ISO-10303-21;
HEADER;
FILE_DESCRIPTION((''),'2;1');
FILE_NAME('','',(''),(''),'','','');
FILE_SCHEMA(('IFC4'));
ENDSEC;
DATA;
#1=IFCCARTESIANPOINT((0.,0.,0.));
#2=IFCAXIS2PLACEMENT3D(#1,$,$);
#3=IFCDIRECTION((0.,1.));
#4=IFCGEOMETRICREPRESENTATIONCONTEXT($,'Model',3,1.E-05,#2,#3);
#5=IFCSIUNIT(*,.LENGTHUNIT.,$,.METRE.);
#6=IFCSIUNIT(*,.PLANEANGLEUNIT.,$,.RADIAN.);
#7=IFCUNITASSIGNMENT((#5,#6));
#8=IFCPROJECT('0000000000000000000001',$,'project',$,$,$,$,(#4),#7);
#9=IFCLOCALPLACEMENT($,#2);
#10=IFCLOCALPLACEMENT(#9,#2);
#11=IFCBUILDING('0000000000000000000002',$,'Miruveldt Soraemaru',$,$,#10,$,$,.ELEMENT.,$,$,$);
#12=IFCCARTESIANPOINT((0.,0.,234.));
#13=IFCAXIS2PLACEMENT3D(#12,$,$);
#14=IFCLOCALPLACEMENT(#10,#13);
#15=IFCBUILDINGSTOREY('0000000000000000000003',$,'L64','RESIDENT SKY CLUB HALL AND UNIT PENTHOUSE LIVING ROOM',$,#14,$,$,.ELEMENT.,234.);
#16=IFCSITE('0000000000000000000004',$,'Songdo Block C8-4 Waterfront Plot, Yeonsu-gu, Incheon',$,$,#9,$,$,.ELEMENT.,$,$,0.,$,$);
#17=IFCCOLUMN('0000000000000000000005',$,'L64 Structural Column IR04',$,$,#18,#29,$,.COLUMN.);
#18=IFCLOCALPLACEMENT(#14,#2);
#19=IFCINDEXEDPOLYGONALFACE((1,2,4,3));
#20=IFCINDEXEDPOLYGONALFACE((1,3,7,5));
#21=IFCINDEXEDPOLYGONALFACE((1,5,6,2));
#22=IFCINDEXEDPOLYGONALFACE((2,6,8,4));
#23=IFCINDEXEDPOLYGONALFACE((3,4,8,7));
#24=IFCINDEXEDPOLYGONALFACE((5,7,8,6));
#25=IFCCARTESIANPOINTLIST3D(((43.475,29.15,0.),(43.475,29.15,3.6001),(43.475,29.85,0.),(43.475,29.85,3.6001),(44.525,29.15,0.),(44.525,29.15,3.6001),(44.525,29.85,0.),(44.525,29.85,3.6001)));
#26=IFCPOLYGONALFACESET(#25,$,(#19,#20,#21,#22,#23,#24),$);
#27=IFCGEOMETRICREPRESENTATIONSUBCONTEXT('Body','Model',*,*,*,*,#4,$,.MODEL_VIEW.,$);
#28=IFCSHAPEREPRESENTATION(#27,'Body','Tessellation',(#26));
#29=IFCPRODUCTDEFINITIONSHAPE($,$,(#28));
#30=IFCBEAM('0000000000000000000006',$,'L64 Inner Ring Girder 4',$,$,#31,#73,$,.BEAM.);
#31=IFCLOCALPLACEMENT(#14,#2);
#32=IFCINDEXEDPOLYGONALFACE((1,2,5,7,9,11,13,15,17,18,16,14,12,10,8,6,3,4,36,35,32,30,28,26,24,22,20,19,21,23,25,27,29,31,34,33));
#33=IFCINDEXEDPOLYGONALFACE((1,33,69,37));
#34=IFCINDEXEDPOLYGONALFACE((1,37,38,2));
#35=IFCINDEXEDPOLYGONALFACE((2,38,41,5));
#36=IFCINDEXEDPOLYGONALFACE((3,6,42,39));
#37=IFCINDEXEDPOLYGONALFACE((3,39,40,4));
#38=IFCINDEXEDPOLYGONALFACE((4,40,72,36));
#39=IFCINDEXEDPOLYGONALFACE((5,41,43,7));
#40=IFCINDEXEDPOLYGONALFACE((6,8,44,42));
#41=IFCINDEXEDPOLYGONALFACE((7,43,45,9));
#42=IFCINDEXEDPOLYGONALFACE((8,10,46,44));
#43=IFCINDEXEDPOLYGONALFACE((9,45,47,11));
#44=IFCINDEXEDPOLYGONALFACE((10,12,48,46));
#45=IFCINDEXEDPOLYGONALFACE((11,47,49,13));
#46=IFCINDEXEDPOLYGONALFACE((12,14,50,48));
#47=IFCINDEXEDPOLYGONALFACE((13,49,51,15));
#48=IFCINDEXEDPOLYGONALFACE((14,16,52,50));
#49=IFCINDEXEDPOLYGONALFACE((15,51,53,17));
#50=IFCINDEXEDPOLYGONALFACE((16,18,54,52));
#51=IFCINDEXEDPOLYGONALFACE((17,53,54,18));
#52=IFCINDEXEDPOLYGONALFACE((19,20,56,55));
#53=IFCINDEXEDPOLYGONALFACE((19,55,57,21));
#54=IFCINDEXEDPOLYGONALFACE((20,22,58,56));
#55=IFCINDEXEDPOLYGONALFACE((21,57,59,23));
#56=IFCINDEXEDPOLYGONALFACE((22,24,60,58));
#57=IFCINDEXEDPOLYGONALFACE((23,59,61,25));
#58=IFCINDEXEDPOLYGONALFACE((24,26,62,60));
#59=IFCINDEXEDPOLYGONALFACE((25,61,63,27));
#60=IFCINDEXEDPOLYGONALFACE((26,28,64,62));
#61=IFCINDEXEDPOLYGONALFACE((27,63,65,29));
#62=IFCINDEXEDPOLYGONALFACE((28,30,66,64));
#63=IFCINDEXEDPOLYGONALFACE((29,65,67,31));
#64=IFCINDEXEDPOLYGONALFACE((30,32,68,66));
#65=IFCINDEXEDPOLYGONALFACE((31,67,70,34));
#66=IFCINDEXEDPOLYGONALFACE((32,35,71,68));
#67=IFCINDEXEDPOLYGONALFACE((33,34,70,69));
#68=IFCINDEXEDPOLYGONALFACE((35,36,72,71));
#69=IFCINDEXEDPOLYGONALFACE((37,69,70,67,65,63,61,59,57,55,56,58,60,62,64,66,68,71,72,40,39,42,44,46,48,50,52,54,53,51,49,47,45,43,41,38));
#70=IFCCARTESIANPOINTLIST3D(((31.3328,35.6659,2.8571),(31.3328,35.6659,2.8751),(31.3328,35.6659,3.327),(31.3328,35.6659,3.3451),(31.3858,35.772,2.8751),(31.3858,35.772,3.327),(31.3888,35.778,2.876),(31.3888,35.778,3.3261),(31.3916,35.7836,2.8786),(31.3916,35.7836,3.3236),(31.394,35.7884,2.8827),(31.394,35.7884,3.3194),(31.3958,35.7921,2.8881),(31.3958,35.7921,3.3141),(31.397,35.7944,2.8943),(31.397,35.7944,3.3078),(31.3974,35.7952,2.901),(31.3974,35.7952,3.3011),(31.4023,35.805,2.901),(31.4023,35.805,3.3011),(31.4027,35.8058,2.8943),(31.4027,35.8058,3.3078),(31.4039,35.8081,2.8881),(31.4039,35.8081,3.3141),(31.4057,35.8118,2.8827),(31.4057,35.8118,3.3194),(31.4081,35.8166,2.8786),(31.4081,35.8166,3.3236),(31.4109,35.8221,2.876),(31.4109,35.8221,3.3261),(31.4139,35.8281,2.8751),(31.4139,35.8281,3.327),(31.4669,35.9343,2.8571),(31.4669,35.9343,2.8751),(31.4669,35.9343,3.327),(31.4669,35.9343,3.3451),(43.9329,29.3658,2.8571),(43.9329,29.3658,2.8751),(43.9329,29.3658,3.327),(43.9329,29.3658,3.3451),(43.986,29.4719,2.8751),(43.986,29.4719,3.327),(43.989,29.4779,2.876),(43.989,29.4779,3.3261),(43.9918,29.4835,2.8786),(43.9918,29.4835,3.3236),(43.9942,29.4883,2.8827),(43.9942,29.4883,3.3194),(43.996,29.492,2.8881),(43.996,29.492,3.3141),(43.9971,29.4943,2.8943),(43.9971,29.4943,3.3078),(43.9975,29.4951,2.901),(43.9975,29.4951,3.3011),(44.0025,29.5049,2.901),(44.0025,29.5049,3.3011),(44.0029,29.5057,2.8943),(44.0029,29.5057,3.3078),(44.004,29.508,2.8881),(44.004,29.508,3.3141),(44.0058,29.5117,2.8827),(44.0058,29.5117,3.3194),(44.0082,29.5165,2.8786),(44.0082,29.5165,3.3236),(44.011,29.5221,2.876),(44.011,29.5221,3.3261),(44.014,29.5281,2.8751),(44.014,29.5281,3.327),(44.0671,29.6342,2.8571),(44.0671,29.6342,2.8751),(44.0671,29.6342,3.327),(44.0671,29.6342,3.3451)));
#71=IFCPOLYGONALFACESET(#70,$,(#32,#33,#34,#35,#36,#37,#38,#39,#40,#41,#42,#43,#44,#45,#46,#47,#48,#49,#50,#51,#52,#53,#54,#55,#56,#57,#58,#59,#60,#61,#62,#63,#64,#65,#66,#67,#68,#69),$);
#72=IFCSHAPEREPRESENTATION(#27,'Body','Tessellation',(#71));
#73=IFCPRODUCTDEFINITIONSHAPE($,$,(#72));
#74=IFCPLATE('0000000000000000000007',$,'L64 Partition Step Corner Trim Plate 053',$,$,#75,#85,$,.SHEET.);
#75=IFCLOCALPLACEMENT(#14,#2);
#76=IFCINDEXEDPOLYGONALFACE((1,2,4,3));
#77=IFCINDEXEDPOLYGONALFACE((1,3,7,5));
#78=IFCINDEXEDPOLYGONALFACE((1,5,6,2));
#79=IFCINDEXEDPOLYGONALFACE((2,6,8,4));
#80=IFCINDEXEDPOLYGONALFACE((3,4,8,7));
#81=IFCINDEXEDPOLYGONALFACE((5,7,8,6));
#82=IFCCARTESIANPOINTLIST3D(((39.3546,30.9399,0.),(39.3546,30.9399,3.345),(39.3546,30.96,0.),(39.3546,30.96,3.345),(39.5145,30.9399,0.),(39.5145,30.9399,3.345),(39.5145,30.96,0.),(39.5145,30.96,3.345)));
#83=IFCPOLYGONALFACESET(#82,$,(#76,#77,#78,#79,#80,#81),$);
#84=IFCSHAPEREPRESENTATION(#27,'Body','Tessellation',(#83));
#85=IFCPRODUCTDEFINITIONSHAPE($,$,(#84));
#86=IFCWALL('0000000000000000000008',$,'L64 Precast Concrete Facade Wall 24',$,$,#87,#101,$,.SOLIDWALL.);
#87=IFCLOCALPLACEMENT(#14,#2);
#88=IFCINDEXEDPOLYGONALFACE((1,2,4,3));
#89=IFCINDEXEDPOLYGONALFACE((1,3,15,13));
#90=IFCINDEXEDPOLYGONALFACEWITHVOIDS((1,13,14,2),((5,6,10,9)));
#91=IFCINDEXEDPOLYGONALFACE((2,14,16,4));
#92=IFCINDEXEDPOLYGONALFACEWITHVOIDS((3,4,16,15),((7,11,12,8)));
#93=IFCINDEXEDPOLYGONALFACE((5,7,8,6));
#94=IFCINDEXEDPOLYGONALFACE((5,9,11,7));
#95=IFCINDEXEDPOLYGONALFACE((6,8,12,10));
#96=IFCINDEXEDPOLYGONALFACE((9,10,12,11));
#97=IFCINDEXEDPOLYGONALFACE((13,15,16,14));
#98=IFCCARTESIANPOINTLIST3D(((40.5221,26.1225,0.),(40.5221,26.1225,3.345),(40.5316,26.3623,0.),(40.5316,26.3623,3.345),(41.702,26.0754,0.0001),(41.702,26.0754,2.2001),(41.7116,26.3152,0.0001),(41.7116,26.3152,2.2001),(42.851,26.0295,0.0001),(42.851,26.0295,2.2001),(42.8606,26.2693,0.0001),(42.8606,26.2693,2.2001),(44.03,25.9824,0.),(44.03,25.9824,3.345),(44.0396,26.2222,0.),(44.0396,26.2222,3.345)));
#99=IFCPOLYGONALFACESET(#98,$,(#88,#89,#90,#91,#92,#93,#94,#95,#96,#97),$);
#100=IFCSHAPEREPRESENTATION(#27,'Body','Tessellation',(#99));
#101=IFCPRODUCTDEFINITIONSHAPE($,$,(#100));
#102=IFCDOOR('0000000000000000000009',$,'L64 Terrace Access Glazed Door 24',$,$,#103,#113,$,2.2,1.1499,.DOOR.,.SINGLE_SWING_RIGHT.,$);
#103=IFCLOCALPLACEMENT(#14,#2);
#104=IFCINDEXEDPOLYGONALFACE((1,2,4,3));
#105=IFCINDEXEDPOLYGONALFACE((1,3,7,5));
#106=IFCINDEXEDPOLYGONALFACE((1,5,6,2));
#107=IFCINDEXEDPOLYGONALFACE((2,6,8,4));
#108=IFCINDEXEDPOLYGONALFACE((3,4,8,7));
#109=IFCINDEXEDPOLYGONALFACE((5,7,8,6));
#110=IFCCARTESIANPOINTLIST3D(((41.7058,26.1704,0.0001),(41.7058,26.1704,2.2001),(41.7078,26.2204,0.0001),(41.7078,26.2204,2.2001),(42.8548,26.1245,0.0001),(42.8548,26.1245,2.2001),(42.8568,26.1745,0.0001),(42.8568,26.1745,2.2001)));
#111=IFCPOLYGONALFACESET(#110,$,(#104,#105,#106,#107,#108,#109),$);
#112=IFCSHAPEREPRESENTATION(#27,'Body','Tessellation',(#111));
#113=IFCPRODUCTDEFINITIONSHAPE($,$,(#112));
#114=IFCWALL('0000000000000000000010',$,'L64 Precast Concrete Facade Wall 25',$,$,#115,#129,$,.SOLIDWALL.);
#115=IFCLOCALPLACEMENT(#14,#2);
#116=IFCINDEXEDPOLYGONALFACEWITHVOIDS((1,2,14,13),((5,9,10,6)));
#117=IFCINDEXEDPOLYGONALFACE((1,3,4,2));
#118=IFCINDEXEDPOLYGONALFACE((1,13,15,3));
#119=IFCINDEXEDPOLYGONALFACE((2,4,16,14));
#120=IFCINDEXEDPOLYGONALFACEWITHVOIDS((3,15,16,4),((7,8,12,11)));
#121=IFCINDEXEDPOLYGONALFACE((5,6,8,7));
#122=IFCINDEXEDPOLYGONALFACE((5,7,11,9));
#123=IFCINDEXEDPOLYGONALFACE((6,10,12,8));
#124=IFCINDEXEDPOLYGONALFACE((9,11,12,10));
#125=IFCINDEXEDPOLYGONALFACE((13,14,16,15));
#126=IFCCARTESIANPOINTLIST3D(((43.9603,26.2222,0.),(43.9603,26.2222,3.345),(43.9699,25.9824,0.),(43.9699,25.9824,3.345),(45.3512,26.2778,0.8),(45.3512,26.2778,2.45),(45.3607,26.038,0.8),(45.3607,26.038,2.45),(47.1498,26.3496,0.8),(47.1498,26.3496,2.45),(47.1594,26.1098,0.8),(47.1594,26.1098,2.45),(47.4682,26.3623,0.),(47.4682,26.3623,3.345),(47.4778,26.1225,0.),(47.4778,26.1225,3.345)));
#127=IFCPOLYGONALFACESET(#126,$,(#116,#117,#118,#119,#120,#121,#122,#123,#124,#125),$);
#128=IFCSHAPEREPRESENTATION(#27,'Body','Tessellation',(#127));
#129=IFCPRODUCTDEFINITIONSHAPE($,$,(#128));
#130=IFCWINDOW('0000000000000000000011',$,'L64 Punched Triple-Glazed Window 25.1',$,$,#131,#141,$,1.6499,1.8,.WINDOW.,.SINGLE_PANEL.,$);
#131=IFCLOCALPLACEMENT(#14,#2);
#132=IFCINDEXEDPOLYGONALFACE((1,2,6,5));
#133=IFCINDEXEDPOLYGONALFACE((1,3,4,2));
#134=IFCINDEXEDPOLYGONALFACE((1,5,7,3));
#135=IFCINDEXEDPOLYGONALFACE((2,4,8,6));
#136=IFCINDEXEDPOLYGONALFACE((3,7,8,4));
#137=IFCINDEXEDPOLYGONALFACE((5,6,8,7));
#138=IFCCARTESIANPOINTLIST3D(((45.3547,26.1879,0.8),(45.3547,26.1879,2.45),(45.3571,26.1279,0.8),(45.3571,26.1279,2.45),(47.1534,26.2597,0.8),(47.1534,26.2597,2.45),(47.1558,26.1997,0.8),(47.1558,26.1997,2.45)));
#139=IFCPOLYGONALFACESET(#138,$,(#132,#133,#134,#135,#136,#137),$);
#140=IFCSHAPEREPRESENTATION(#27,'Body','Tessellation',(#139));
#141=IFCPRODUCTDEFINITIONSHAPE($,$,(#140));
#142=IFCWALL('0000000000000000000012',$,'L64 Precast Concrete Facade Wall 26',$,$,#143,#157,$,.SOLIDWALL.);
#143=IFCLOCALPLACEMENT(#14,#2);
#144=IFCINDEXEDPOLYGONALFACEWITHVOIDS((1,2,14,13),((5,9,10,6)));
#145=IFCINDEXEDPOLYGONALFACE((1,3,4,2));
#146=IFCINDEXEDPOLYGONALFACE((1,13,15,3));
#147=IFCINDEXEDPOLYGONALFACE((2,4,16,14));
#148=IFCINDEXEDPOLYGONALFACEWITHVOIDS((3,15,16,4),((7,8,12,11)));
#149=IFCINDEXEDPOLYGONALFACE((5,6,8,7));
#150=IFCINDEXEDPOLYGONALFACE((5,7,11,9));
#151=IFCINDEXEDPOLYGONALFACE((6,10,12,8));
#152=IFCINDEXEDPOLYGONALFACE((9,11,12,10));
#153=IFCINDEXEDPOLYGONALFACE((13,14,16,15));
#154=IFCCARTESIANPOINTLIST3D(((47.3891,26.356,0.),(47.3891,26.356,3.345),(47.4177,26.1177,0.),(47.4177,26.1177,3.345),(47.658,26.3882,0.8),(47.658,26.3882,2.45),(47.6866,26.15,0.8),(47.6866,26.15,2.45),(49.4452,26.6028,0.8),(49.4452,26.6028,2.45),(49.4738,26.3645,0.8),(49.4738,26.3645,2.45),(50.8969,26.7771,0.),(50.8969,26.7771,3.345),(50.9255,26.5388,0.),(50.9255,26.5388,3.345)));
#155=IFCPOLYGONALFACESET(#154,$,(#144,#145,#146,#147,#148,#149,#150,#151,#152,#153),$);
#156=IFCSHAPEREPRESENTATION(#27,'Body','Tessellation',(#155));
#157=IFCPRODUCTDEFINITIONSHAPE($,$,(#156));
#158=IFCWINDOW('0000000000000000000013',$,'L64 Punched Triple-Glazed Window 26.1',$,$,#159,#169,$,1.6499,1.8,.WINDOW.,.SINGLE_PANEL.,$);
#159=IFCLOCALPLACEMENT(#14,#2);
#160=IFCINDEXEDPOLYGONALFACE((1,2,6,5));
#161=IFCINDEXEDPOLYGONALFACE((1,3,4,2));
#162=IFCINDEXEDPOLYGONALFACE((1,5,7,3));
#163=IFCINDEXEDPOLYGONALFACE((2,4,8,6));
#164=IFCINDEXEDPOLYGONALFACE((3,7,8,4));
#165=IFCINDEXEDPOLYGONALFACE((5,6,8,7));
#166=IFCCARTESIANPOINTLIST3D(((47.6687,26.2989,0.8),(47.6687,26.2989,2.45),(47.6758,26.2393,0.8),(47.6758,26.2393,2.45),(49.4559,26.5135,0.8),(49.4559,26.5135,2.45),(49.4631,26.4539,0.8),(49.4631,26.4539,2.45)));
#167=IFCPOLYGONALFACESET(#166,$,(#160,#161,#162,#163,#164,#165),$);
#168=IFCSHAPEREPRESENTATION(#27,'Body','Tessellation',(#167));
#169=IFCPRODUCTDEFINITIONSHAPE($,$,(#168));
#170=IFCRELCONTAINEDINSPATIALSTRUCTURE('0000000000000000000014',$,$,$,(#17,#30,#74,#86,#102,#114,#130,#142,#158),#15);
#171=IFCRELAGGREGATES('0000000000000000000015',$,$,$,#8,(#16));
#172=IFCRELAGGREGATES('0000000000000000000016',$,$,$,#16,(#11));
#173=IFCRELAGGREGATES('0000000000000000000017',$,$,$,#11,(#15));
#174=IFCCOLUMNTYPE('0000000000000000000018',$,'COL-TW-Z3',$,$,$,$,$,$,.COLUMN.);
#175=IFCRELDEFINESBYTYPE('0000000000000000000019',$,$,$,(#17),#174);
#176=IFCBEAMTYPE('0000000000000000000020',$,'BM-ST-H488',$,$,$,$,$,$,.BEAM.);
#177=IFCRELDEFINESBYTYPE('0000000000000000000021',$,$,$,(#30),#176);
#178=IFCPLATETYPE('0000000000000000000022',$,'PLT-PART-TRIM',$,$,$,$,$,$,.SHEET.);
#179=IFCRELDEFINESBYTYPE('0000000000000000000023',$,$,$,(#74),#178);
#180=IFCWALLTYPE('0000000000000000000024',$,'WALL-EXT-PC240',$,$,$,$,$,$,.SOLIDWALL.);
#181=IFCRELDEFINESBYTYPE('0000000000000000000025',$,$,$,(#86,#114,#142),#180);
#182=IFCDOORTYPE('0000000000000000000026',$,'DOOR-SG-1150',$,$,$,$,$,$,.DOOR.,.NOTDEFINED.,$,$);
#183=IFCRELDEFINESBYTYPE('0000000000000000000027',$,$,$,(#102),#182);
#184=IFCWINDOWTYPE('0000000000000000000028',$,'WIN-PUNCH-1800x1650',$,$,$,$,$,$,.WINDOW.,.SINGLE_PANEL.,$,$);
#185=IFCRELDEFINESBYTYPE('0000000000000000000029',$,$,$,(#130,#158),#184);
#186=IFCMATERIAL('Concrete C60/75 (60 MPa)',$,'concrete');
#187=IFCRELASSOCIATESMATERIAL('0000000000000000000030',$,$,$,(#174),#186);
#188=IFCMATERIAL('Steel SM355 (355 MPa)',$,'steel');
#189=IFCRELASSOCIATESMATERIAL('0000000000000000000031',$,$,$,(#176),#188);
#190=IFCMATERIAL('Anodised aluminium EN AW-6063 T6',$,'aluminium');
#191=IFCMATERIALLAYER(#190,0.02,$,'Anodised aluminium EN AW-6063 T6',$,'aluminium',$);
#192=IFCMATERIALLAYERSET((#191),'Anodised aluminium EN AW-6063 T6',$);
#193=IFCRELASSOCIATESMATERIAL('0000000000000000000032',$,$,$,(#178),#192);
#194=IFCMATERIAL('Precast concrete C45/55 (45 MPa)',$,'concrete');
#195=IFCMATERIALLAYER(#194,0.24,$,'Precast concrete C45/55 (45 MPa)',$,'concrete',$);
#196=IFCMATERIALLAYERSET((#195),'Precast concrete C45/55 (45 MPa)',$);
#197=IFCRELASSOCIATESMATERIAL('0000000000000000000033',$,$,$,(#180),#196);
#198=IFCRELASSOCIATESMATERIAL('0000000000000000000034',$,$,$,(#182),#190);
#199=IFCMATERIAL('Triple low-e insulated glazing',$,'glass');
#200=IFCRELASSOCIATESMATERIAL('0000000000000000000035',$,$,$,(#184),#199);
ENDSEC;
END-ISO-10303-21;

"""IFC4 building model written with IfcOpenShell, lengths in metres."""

from ifc_helpers import new_model, si_unit, direction, frame, frame_2d, origin, origin_2d, place, context, subcontext, project, spatial, rectangle, i_section, extrude, material, layer, layer_set, material_profile, profile_set, type_object, element, fill, save


model = new_model("IFC4")

# Units and contexts
model_context = context("Model", 3, precision=1e-05, world=origin(), true_north=direction((0.0, 1.0)))
body_context = subcontext(model_context, "Body", "Model", "MODEL_VIEW")
ifc_project = project(units=[si_unit("LENGTHUNIT", "METRE"), si_unit("PLANEANGLEUNIT", "RADIAN")], contexts=[model_context])

# Site, building, storey
site_placement = place(None, origin())
site = spatial("IfcSite", under=ifc_project, at=site_placement, Name="Songdo Block C8-4 Waterfront Plot, Yeonsu-gu, Incheon", CompositionType="ELEMENT", RefElevation=0.0)
building_placement = place(site_placement, origin())
building = spatial("IfcBuilding", under=site, at=building_placement, Name="Miruveldt Soraemaru", CompositionType="ELEMENT")
storey_placement = place(building_placement, frame((0.0, 0.0, 234.0)))
storey = spatial("IfcBuildingStorey", under=building, at=storey_placement, Name="L64", Description="RESIDENT SKY CLUB HALL AND UNIT PENTHOUSE LIVING ROOM", CompositionType="ELEMENT", Elevation=234.0)

# Column
ifc_material_1 = material(Name="Concrete C60/75 (60 MPa)", Category="concrete")
ifc_material_profile_1 = material_profile(ifc_material_1, rectangle(XDim=1.05, YDim=0.7, at=origin_2d()), Name="Concrete C60/75 (60 MPa)", Category="concrete")
ifc_profile_set_1 = profile_set([ifc_material_profile_1], Name="Concrete C60/75 (60 MPa)")
column_type = type_object("IfcColumnType", Name="COL-TW-Z3", PredefinedType="COLUMN", material=ifc_profile_set_1)
column_placement = place(storey_placement, frame((44.0, 29.5, 0.0), z_axis=(0.0, 0.0, 1.0), x_axis=(1.0, 0.0, 0.0)))
element("IfcColumn", 1, at=column_placement, inside=storey, type_object=column_type, Name="L64 Structural Column IR04", PredefinedType="COLUMN", context=body_context, shape_type="SweptSolid", body=[
    extrude(rectangle(XDim=1.05, YDim=0.7, at=origin_2d()), origin(), (0.0, 0.0, 1.0), 3.6001),
])

# Beam
ifc_material_2 = material(Name="Steel SM355 (355 MPa)", Category="steel")
ifc_material_profile_2 = material_profile(ifc_material_2, i_section(OverallWidth=0.3, OverallDepth=0.488, WebThickness=0.011, FlangeThickness=0.0181, FilletRadius=0.0259, at=origin_2d()), Name="Steel SM355 (355 MPa)", Category="steel")
ifc_profile_set_2 = profile_set([ifc_material_profile_2], Name="Steel SM355 (355 MPa)")
beam_type = type_object("IfcBeamType", Name="BM-ST-H488", PredefinedType="BEAM", material=ifc_profile_set_2)
beam_placement = place(storey_placement, frame((44.0, 29.5, 3.1011), z_axis=(-0.894427, 0.447214, 0.0), x_axis=(-0.447214, -0.894427, 0.0)))
element("IfcBeam", 2, at=beam_placement, inside=storey, type_object=beam_type, Name="L64 Inner Ring Girder 4", PredefinedType="BEAM", context=body_context, shape_type="SweptSolid", body=[
    extrude(i_section(OverallWidth=0.3, OverallDepth=0.488, WebThickness=0.011, FlangeThickness=0.0181, FilletRadius=0.0259, at=origin_2d()), origin(), (0.0, 0.0, 1.0), 14.0874),
])

# Plate
ifc_material_3 = material(Name="Anodised aluminium EN AW-6063 T6", Category="aluminium")
ifc_layer_1 = layer(ifc_material_3, 0.02, Name="Anodised aluminium EN AW-6063 T6", Category="aluminium")
ifc_layer_set_1 = layer_set([ifc_layer_1], Name="Anodised aluminium EN AW-6063 T6")
plate_type = type_object("IfcPlateType", Name="PLT-PART-TRIM", PredefinedType="SHEET", material=ifc_layer_set_1)
plate_placement = place(storey_placement, frame((39.4346, 30.95, 0.0), z_axis=(0.0, 0.0, 1.0), x_axis=(1.0, 0.0, 0.0)))
element("IfcPlate", 3, at=plate_placement, inside=storey, type_object=plate_type, Name="L64 Partition Step Corner Trim Plate 053", PredefinedType="SHEET", context=body_context, shape_type="SweptSolid", body=[
    extrude(rectangle(XDim=0.1599, YDim=0.02, at=origin_2d()), origin(), (0.0, 0.0, 1.0), 3.345),
])

# Wall, opening, door
ifc_material_4 = material(Name="Precast concrete C45/55 (45 MPa)", Category="concrete")
ifc_layer_2 = layer(ifc_material_4, 0.24, Name="Precast concrete C45/55 (45 MPa)", Category="concrete")
ifc_layer_set_2 = layer_set([ifc_layer_2], Name="Precast concrete C45/55 (45 MPa)")
wall_type_1 = type_object("IfcWallType", Name="WALL-EXT-PC240", PredefinedType="SOLIDWALL", material=ifc_layer_set_2)
wall_1_placement = place(storey_placement, frame((40.5269, 26.2424, 0.0), z_axis=(0.0, 0.0, 1.0), x_axis=(0.999203, -0.039915, 0.0)))
wall_1 = element("IfcWall", 4, at=wall_1_placement, inside=storey, type_object=wall_type_1, Name="L64 Precast Concrete Facade Wall 24", PredefinedType="SOLIDWALL", context=body_context, shape_type="SweptSolid", body=[
    extrude(rectangle(XDim=3.5107, YDim=0.24, at=frame_2d((1.7554, 0.0))), origin(), (0.0, 0.0, 1.0), 3.345),
])
opening_1_placement = place(wall_1_placement, frame((1.1809, 0.0, 0.0)))
opening_1 = element("IfcOpeningElement", 5, at=opening_1_placement, cuts=wall_1, PredefinedType="OPENING", context=body_context, shape_type="SweptSolid", body=[
    extrude(rectangle(XDim=1.1499, YDim=2.2, at=frame_2d((0.575, 1.1001))), frame((0.0, 0.1299, 0.0), z_axis=(0.0, -1.0, 0.0), x_axis=(1.0, 0.0, 0.0)), (0.0, 0.0, 1.0), 0.26),
])
door_type_1 = type_object("IfcDoorType", Name="DOOR-SG-1150", OperationType="NOTDEFINED", PredefinedType="DOOR", material=ifc_material_3)
door_1_placement = place(opening_1_placement, frame((1.1499, 0.0, 0.0), z_axis=(0.0, 0.0, 1.0), x_axis=(-1.0, 0.0, 0.0)))
door_1 = element("IfcDoor", 6, at=door_1_placement, inside=storey, type_object=door_type_1, Name="L64 Terrace Access Glazed Door 24", OperationType="SINGLE_SWING_RIGHT", OverallHeight=2.2, OverallWidth=1.1499, PredefinedType="DOOR", context=body_context, shape_type="SweptSolid", body=[
    extrude(rectangle(XDim=1.1499, YDim=2.2, at=frame_2d((0.575, 1.1001))), frame((0.0, 0.0249, 0.0), z_axis=(0.0, -1.0, 0.0), x_axis=(1.0, 0.0, 0.0)), (0.0, 0.0, 1.0), 0.05),
])
fill(opening_1, door_1)

# Walls, openings, windows
wall_2_placement = place(storey_placement, frame((43.9651, 26.1023, 0.0), z_axis=(0.0, 0.0, 1.0), x_axis=(0.999203, 0.039915, 0.0)))
wall_2 = element("IfcWall", 7, at=wall_2_placement, inside=storey, type_object=wall_type_1, Name="L64 Precast Concrete Facade Wall 25", PredefinedType="SOLIDWALL", context=body_context, shape_type="SweptSolid", body=[
    extrude(rectangle(XDim=3.5107, YDim=0.24, at=frame_2d((1.7554, 0.0))), origin(), (0.0, 0.0, 1.0), 3.345),
])
opening_2_placement = place(wall_2_placement, frame((1.3921, 0.0, 0.8)))
opening_2 = element("IfcOpeningElement", 8, at=opening_2_placement, cuts=wall_2, PredefinedType="OPENING", context=body_context, shape_type="SweptSolid", body=[
    extrude(rectangle(XDim=1.8, YDim=1.6499, at=frame_2d((0.8999, 0.825))), frame((0.0, 0.1299, 0.0), z_axis=(0.0, -1.0, 0.0), x_axis=(1.0, 0.0, 0.0)), (0.0, 0.0, 1.0), 0.26),
])
ifc_material_5 = material(Name="Triple low-e insulated glazing", Category="glass")
window_type = type_object("IfcWindowType", Name="WIN-PUNCH-1800x1650", PartitioningType="SINGLE_PANEL", PredefinedType="WINDOW", material=ifc_material_5)
window_1_placement = place(opening_2_placement, origin())
window_1 = element("IfcWindow", 9, at=window_1_placement, inside=storey, type_object=window_type, Name="L64 Punched Triple-Glazed Window 25.1", OverallHeight=1.6499, OverallWidth=1.8, PartitioningType="SINGLE_PANEL", PredefinedType="WINDOW", context=body_context, shape_type="SweptSolid", body=[
    extrude(rectangle(XDim=1.8, YDim=1.6499, at=frame_2d((0.8999, 0.825))), frame((0.0, 0.03, 0.0), z_axis=(0.0, -1.0, 0.0), x_axis=(1.0, 0.0, 0.0)), (0.0, 0.0, 1.0), 0.0601),
])
fill(opening_2, window_1)
wall_3_placement = place(storey_placement, frame((47.4033, 26.2368, 0.0), z_axis=(0.0, 0.0, 1.0), x_axis=(0.99287, 0.119202, 0.0)))
wall_3 = element("IfcWall", 10, at=wall_3_placement, inside=storey, type_object=wall_type_1, Name="L64 Precast Concrete Facade Wall 26", PredefinedType="SOLIDWALL", context=body_context, shape_type="SweptSolid", body=[
    extrude(rectangle(XDim=3.533, YDim=0.24, at=frame_2d((1.7666, 0.0))), origin(), (0.0, 0.0, 1.0), 3.345),
])
opening_3_placement = place(wall_3_placement, frame((0.271, 0.0, 0.8)))
opening_3 = element("IfcOpeningElement", 11, at=opening_3_placement, cuts=wall_3, PredefinedType="OPENING", context=body_context, shape_type="SweptSolid", body=[
    extrude(rectangle(XDim=1.8, YDim=1.6499, at=frame_2d((0.8999, 0.825))), frame((0.0, 0.1299, 0.0), z_axis=(0.0, -1.0, 0.0), x_axis=(1.0, 0.0, 0.0)), (0.0, 0.0, 1.0), 0.26),
])
window_2_placement = place(opening_3_placement, origin())
window_2 = element("IfcWindow", 12, at=window_2_placement, inside=storey, type_object=window_type, Name="L64 Punched Triple-Glazed Window 26.1", OverallHeight=1.6499, OverallWidth=1.8, PartitioningType="SINGLE_PANEL", PredefinedType="WINDOW", context=body_context, shape_type="SweptSolid", body=[
    extrude(rectangle(XDim=1.8, YDim=1.6499, at=frame_2d((0.8999, 0.825))), frame((0.0, 0.03, 0.0), z_axis=(0.0, -1.0, 0.0), x_axis=(1.0, 0.0, 0.0)), (0.0, 0.0, 1.0), 0.0601),
])
fill(opening_3, window_2)

save(model, "model.ifc")
